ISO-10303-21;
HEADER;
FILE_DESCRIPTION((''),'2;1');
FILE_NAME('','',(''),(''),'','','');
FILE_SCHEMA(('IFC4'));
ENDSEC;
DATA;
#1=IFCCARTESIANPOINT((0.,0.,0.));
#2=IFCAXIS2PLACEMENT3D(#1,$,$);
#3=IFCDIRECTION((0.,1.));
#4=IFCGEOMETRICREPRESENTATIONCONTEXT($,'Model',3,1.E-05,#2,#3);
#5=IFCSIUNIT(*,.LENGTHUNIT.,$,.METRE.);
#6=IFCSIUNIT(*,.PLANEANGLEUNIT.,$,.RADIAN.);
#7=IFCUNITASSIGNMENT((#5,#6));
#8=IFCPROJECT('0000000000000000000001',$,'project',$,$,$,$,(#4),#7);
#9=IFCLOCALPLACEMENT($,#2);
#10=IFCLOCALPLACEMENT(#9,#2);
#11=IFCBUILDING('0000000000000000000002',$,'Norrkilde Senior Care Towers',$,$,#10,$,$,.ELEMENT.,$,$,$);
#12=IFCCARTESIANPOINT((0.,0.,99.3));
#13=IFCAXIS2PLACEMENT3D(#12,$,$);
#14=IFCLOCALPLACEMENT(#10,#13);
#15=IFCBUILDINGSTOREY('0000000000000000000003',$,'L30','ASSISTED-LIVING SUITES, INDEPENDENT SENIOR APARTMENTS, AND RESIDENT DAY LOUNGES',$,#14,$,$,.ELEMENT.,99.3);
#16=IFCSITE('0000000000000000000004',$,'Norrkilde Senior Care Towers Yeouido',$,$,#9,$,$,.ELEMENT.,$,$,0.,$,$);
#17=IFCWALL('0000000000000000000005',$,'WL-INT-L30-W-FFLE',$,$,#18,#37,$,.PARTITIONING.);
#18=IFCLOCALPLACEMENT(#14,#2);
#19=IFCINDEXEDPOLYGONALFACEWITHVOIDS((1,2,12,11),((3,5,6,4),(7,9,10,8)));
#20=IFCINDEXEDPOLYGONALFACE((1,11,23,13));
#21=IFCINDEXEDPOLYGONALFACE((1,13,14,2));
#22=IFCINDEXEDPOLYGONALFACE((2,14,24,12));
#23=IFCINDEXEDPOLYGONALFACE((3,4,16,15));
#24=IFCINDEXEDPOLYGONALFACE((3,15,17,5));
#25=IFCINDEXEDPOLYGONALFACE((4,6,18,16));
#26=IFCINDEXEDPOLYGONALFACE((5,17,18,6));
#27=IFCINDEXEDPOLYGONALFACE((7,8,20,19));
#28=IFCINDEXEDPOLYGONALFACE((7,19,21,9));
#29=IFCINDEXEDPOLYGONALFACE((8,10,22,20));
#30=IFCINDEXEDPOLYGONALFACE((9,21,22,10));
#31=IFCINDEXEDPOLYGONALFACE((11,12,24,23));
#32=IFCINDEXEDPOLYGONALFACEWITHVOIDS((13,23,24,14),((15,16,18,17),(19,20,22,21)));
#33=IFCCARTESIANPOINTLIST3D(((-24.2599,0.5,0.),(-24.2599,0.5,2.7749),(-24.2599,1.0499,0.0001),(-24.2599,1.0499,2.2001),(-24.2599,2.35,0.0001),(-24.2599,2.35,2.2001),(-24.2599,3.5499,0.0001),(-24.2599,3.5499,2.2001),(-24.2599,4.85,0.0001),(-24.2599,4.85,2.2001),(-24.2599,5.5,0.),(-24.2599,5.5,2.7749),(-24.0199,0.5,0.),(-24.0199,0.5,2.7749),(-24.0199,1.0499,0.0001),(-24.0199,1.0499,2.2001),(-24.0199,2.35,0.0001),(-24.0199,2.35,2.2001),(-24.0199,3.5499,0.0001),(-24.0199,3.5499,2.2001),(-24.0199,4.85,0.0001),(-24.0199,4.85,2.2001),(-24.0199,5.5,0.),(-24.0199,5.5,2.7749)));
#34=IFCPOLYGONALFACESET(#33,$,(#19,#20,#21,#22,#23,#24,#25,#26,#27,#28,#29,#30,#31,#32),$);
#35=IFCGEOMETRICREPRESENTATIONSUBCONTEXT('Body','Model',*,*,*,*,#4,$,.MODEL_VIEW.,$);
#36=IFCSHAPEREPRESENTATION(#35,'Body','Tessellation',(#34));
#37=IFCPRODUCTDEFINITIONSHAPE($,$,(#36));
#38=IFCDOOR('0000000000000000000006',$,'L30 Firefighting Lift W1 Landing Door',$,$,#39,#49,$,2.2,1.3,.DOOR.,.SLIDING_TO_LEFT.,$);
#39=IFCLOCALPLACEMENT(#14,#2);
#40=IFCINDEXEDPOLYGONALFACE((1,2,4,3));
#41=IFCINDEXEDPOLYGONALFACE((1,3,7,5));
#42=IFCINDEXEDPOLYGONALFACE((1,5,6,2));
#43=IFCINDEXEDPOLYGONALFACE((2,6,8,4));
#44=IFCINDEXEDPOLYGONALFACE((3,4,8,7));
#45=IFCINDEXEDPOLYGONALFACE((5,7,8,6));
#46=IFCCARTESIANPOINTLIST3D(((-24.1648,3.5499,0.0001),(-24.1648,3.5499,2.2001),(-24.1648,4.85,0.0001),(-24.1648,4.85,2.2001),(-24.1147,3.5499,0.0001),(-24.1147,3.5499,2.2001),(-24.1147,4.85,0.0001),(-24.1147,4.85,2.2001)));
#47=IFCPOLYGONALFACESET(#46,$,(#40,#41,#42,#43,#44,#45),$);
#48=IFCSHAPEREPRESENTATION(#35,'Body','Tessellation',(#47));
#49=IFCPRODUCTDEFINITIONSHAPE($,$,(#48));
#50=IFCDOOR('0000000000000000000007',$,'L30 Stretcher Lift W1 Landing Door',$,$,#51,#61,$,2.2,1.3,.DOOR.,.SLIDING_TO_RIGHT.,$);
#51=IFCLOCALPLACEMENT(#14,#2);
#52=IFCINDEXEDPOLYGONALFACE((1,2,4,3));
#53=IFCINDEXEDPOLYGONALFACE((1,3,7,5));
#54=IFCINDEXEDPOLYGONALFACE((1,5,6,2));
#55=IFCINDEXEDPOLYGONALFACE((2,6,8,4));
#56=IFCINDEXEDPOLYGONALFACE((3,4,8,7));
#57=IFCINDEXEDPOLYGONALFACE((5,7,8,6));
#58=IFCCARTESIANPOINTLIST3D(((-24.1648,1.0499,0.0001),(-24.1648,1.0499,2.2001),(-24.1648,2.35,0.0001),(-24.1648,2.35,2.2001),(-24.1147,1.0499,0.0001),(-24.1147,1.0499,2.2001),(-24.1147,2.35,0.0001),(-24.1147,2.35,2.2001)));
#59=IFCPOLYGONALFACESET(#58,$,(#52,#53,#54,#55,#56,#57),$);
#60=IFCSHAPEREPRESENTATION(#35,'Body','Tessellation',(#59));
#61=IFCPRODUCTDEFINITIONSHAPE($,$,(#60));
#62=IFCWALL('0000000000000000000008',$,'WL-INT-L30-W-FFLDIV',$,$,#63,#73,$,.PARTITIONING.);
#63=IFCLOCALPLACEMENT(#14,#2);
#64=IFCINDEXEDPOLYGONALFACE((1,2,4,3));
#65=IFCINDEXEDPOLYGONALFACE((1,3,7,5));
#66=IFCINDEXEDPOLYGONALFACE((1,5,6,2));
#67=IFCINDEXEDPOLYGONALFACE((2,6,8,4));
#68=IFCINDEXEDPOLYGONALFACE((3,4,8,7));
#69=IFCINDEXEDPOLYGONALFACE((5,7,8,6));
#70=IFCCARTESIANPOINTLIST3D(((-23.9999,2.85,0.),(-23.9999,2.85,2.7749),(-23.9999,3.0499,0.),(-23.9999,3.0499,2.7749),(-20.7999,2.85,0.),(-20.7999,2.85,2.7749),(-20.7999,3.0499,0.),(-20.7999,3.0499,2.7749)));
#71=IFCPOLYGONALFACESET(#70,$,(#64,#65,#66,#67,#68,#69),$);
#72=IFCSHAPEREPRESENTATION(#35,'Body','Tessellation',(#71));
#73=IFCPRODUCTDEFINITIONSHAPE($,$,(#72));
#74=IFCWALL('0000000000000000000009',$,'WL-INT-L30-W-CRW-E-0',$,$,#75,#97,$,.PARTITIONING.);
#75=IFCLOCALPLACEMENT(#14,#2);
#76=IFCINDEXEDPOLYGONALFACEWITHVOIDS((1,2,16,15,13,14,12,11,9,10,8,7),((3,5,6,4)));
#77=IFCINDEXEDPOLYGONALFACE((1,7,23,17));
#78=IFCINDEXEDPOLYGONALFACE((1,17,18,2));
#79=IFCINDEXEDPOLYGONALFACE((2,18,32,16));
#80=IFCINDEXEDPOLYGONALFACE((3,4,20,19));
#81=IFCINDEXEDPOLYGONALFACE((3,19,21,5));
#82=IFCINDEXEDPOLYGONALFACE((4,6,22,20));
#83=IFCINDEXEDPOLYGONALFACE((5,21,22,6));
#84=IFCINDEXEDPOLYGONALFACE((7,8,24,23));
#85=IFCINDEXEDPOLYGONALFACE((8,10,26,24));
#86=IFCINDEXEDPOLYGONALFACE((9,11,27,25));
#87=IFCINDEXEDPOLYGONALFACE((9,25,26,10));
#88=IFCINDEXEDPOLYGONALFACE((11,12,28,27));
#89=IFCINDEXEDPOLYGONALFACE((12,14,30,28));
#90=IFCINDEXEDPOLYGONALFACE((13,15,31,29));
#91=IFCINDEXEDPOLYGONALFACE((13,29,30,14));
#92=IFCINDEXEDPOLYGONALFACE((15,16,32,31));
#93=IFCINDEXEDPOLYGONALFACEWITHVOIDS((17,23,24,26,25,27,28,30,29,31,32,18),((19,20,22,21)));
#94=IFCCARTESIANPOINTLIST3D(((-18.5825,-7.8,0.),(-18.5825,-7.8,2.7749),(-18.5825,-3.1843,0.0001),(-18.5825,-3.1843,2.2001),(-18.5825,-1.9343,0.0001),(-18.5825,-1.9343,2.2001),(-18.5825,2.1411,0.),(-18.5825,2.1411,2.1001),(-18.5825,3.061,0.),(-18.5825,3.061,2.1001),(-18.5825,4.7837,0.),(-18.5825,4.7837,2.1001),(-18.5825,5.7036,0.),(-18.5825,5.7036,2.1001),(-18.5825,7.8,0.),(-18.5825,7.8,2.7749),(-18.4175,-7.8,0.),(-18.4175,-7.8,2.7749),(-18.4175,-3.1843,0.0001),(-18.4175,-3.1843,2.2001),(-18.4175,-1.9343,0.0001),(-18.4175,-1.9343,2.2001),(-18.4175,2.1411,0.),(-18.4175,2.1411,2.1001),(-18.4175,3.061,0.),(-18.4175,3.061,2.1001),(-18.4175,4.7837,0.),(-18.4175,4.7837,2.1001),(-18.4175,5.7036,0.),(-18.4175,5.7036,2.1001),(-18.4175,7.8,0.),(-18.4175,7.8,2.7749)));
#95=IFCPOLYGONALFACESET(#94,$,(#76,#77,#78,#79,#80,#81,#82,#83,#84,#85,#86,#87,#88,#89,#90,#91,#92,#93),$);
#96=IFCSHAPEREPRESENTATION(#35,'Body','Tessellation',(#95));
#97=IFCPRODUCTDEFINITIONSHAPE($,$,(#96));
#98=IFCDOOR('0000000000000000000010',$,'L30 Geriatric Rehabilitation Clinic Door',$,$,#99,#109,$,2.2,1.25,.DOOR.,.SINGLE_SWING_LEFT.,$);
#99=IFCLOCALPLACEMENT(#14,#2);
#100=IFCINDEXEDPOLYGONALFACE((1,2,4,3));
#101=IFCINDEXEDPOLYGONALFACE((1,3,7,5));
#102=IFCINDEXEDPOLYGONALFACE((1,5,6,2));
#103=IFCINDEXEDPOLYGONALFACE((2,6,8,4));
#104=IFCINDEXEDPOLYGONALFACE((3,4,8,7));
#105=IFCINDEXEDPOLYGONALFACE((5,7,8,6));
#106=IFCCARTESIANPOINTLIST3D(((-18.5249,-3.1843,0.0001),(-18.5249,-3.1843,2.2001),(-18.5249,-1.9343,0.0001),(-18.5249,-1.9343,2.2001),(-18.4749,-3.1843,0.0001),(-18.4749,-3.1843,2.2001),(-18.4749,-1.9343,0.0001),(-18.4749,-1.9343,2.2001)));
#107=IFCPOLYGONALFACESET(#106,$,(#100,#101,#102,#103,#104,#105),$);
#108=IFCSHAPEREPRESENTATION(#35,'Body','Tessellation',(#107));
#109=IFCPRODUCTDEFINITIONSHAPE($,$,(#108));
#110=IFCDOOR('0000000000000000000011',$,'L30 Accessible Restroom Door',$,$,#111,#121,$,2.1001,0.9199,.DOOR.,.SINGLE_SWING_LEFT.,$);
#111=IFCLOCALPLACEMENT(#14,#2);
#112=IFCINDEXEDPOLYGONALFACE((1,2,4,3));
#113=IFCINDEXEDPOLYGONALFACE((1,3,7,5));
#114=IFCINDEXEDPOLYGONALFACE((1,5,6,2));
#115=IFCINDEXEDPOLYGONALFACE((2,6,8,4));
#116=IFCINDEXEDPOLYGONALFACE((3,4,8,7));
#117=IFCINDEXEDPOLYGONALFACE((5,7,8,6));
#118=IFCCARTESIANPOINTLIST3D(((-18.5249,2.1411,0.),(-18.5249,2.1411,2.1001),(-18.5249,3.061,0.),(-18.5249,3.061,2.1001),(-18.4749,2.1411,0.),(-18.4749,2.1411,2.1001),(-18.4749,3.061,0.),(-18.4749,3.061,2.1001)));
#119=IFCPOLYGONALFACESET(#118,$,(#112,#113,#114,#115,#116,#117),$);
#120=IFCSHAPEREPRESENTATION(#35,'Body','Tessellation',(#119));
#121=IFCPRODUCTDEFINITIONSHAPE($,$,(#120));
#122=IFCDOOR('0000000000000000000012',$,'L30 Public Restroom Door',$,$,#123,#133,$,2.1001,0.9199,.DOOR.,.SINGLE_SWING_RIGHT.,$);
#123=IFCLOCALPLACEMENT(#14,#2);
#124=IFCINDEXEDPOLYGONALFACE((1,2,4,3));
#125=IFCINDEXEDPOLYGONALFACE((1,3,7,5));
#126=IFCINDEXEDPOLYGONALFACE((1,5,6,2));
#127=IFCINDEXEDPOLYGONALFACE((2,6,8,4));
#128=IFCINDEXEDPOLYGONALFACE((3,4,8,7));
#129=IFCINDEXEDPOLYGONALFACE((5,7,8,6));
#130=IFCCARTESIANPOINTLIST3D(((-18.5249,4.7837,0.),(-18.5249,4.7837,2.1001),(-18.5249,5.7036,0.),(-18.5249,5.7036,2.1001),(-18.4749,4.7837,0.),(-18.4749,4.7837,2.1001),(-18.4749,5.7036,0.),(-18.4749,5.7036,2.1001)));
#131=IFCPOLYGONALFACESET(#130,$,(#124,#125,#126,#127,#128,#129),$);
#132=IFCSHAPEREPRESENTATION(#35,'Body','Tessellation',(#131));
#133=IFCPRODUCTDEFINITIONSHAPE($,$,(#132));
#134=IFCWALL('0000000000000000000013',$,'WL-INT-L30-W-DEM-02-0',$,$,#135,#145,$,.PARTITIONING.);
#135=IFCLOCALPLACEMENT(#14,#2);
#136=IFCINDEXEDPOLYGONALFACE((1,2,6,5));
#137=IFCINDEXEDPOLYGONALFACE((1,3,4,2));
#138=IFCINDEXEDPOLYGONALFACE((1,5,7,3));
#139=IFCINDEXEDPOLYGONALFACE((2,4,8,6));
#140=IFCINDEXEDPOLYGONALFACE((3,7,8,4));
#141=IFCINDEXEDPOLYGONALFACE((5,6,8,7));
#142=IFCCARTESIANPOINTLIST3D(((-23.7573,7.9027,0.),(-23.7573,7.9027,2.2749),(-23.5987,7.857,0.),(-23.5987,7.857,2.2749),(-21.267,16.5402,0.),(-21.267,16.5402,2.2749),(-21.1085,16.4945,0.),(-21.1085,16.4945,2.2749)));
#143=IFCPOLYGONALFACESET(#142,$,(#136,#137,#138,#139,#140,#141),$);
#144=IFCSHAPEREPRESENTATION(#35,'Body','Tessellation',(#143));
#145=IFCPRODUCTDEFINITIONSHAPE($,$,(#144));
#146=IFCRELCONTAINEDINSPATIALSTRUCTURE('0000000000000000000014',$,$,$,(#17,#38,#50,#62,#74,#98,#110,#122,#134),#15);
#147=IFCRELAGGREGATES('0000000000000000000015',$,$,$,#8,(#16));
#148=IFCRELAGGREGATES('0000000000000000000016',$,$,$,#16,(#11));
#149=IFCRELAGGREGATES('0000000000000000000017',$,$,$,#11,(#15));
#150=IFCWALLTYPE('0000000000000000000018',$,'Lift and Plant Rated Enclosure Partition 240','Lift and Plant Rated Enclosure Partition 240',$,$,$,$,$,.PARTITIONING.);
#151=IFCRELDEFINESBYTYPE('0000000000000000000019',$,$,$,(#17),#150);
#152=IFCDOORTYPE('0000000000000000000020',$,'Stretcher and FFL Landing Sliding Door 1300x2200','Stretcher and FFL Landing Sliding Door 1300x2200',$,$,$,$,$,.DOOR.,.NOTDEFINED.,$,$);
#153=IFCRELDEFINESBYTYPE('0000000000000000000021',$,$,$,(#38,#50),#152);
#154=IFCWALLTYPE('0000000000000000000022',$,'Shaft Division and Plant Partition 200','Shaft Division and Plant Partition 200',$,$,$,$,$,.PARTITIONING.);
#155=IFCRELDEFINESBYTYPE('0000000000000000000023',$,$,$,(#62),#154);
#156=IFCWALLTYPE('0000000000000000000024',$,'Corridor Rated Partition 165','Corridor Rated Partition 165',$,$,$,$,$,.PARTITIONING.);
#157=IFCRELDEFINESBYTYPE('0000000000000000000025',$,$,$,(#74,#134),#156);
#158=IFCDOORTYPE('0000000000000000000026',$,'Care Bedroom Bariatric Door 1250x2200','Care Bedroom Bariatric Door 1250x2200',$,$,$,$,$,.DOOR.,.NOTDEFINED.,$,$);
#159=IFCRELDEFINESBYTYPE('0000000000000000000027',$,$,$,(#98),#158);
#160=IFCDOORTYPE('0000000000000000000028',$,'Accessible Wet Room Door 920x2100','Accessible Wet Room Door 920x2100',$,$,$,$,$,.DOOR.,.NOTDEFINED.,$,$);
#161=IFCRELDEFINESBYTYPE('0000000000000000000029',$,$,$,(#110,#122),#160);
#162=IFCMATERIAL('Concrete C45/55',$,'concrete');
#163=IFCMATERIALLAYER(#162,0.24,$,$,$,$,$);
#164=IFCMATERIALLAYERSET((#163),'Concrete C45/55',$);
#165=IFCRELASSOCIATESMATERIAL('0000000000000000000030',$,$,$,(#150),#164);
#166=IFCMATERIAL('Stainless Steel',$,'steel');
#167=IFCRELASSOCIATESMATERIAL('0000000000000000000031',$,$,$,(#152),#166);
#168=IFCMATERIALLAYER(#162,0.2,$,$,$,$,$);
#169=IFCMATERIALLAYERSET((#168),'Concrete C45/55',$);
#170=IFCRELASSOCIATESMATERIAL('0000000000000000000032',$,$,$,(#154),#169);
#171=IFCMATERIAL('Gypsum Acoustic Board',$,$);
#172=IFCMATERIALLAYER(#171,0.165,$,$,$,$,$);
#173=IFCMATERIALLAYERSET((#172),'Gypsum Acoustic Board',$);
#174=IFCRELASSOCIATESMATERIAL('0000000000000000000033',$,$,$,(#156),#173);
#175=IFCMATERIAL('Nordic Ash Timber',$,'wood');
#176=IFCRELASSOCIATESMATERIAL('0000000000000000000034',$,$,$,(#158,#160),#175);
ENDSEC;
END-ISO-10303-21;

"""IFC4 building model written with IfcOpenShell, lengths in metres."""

from ifc_helpers import new_model, si_unit, direction, frame, frame_2d, origin, place, context, subcontext, project, spatial, rectangle, extrude, source, transform, mapped, material, layer, layer_set, type_object, type_shapes, element, fill, save


model = new_model("IFC4")

# Units and contexts
model_context = context("Model", 3, precision=1e-05, world=origin(), true_north=direction((0.0, 1.0)))
body_context = subcontext(model_context, "Body", "Model", "MODEL_VIEW")
ifc_project = project(units=[si_unit("LENGTHUNIT", "METRE"), si_unit("PLANEANGLEUNIT", "RADIAN")], contexts=[model_context])

# Site, building, storey
site_placement = place(None, origin())
site = spatial("IfcSite", under=ifc_project, at=site_placement, Name="Norrkilde Senior Care Towers Yeouido", CompositionType="ELEMENT", RefElevation=0.0)
building_placement = place(site_placement, origin())
building = spatial("IfcBuilding", under=site, at=building_placement, Name="Norrkilde Senior Care Towers", CompositionType="ELEMENT")
storey_placement = place(building_placement, frame((0.0, 0.0, 99.3)))
storey = spatial("IfcBuildingStorey", under=building, at=storey_placement, Name="L30", Description="ASSISTED-LIVING SUITES, INDEPENDENT SENIOR APARTMENTS, AND RESIDENT DAY LOUNGES", CompositionType="ELEMENT", Elevation=99.3)

# Wall, openings, doors
ifc_material_1 = material(Name="Concrete C45/55", Category="concrete")
ifc_layer_1 = layer(ifc_material_1, 0.24)
ifc_layer_set_1 = layer_set([ifc_layer_1], Name="Concrete C45/55")
wall_type_1 = type_object("IfcWallType", Name="Lift and Plant Rated Enclosure Partition 240", Description="Lift and Plant Rated Enclosure Partition 240", PredefinedType="PARTITIONING", material=ifc_layer_set_1)
shared_shape_1 = source(origin(), body_context, "Body", "SweptSolid", [
    extrude(rectangle(XDim=5.0, YDim=0.24, at=frame_2d((2.5, 0.0))), origin(), (0.0, 0.0, 1.0), 2.7749),
])
type_shapes(wall_type_1, [shared_shape_1])
wall_1_placement = place(storey_placement, frame((-24.1399, 0.5, 0.0), z_axis=(0.0, 0.0, 1.0), x_axis=(0.0, 1.0, 0.0)))
wall_1 = element("IfcWall", 1, at=wall_1_placement, inside=storey, type_object=wall_type_1, Name="WL-INT-L30-W-FFLE", PredefinedType="PARTITIONING", context=body_context, shape_type="MappedRepresentation", body=[
    mapped(shared_shape_1, transform((0.0, 0.0, 0.0), x_axis=(1.0, 0.0, 0.0), y_axis=(0.0, 1.0, 0.0), z_axis=(0.0, 0.0, 1.0), scale=1.0)),
])
opening_1_placement = place(wall_1_placement, frame((3.05, 0.0, 0.0)))
opening_1 = element("IfcOpeningElement", 2, at=opening_1_placement, cuts=wall_1, PredefinedType="OPENING", context=body_context, shape_type="SweptSolid", body=[
    extrude(rectangle(XDim=1.3, YDim=2.2, at=frame_2d((0.6499, 1.1001))), frame((0.0, 0.1299, 0.0), z_axis=(0.0, -1.0, 0.0), x_axis=(1.0, 0.0, 0.0)), (0.0, 0.0, 1.0), 0.26),
])
opening_2_placement = place(wall_1_placement, frame((0.55, 0.0, 0.0)))
opening_2 = element("IfcOpeningElement", 3, at=opening_2_placement, cuts=wall_1, PredefinedType="OPENING", context=body_context, shape_type="SweptSolid", body=[
    extrude(rectangle(XDim=1.3, YDim=2.2, at=frame_2d((0.6499, 1.1001))), frame((0.0, 0.1299, 0.0), z_axis=(0.0, -1.0, 0.0), x_axis=(1.0, 0.0, 0.0)), (0.0, 0.0, 1.0), 0.26),
])
ifc_material_2 = material(Name="Stainless Steel", Category="steel")
door_type_1 = type_object("IfcDoorType", Name="Stretcher and FFL Landing Sliding Door 1300x2200", Description="Stretcher and FFL Landing Sliding Door 1300x2200", OperationType="NOTDEFINED", PredefinedType="DOOR", material=ifc_material_2)
shared_shape_2 = source(origin(), body_context, "Body", "SweptSolid", [
    extrude(rectangle(XDim=1.3, YDim=2.2, at=frame_2d((0.6499, 1.1001))), frame((0.0, 0.0249, 0.0), z_axis=(0.0, -1.0, 0.0), x_axis=(1.0, 0.0, 0.0)), (0.0, 0.0, 1.0), 0.05),
])
type_shapes(door_type_1, [shared_shape_2])
door_1_placement = place(opening_1_placement, origin())
door_1 = element("IfcDoor", 4, at=door_1_placement, inside=storey, type_object=door_type_1, Name="L30 Firefighting Lift W1 Landing Door", OperationType="SLIDING_TO_LEFT", OverallHeight=2.2, OverallWidth=1.3, PredefinedType="DOOR", context=body_context, shape_type="MappedRepresentation", body=[
    mapped(shared_shape_2, transform((0.0, 0.0, 0.0), x_axis=(1.0, 0.0, 0.0), y_axis=(0.0, 1.0, 0.0), z_axis=(0.0, 0.0, 1.0), scale=1.0)),
])
fill(opening_1, door_1)
door_2_placement = place(opening_2_placement, origin())
door_2 = element("IfcDoor", 5, at=door_2_placement, inside=storey, type_object=door_type_1, Name="L30 Stretcher Lift W1 Landing Door", OperationType="SLIDING_TO_RIGHT", OverallHeight=2.2, OverallWidth=1.3, PredefinedType="DOOR", context=body_context, shape_type="MappedRepresentation", body=[
    mapped(shared_shape_2, transform((0.0, 0.0, 0.0), x_axis=(1.0, 0.0, 0.0), y_axis=(0.0, 1.0, 0.0), z_axis=(0.0, 0.0, 1.0), scale=1.0)),
])
fill(opening_2, door_2)

# Wall
ifc_layer_2 = layer(ifc_material_1, 0.2)
ifc_layer_set_2 = layer_set([ifc_layer_2], Name="Concrete C45/55")
wall_type_2 = type_object("IfcWallType", Name="Shaft Division and Plant Partition 200", Description="Shaft Division and Plant Partition 200", PredefinedType="PARTITIONING", material=ifc_layer_set_2)
shared_shape_3 = source(origin(), body_context, "Body", "SweptSolid", [
    extrude(rectangle(XDim=3.2, YDim=0.2, at=frame_2d((1.6001, 0.0))), origin(), (0.0, 0.0, 1.0), 2.7749),
])
type_shapes(wall_type_2, [shared_shape_3])
wall_2_placement = place(storey_placement, frame((-24.0, 2.95, 0.0), z_axis=(0.0, 0.0, 1.0), x_axis=(1.0, 0.0, 0.0)))
element("IfcWall", 6, at=wall_2_placement, inside=storey, type_object=wall_type_2, Name="WL-INT-L30-W-FFLDIV", PredefinedType="PARTITIONING", context=body_context, shape_type="MappedRepresentation", body=[
    mapped(shared_shape_3, transform((0.0, 0.0, 0.0), x_axis=(1.0, 0.0, 0.0), y_axis=(0.0, 1.0, 0.0), z_axis=(0.0, 0.0, 1.0), scale=1.0)),
])

# Wall, openings, doors
ifc_material_3 = material(Name="Gypsum Acoustic Board")
ifc_layer_3 = layer(ifc_material_3, 0.165)
ifc_layer_set_3 = layer_set([ifc_layer_3], Name="Gypsum Acoustic Board")
wall_type_3 = type_object("IfcWallType", Name="Corridor Rated Partition 165", Description="Corridor Rated Partition 165", PredefinedType="PARTITIONING", material=ifc_layer_set_3)
shared_shape_4 = source(origin(), body_context, "Body", "SweptSolid", [
    extrude(rectangle(XDim=15.6001, YDim=0.165, at=frame_2d((7.8, 0.0))), origin(), (0.0, 0.0, 1.0), 2.7749),
])
wall_3_placement = place(storey_placement, frame((-18.5, 7.8, 0.0), z_axis=(0.0, 0.0, 1.0), x_axis=(0.0, -1.0, 0.0)))
wall_3 = element("IfcWall", 7, at=wall_3_placement, inside=storey, type_object=wall_type_3, Name="WL-INT-L30-W-CRW-E-0", PredefinedType="PARTITIONING", context=body_context, shape_type="MappedRepresentation", body=[
    mapped(shared_shape_4, transform((0.0, 0.0, 0.0), x_axis=(1.0, 0.0, 0.0), y_axis=(0.0, 1.0, 0.0), z_axis=(0.0, 0.0, 1.0), scale=1.0)),
])
opening_3_placement = place(wall_3_placement, frame((9.7344, 0.0, 0.0)))
opening_3 = element("IfcOpeningElement", 8, at=opening_3_placement, cuts=wall_3, PredefinedType="OPENING", context=body_context, shape_type="SweptSolid", body=[
    extrude(rectangle(XDim=1.25, YDim=2.2, at=frame_2d((0.625, 1.1001))), frame((0.0, 0.0925, 0.0), z_axis=(0.0, -1.0, 0.0), x_axis=(1.0, 0.0, 0.0)), (0.0, 0.0, 1.0), 0.1851),
])
opening_4_placement = place(wall_3_placement, frame((4.739, 0.0, 0.0)))
opening_4 = element("IfcOpeningElement", 9, at=opening_4_placement, cuts=wall_3, PredefinedType="OPENING", context=body_context, shape_type="SweptSolid", body=[
    extrude(rectangle(XDim=0.9199, YDim=2.1001, at=frame_2d((0.46, 1.05))), frame((0.0, 0.0925, 0.0), z_axis=(0.0, -1.0, 0.0), x_axis=(1.0, 0.0, 0.0)), (0.0, 0.0, 1.0), 0.1851),
])
opening_5_placement = place(wall_3_placement, frame((2.0964, 0.0, 0.0)))
opening_5 = element("IfcOpeningElement", 10, at=opening_5_placement, cuts=wall_3, PredefinedType="OPENING", context=body_context, shape_type="SweptSolid", body=[
    extrude(rectangle(XDim=0.9199, YDim=2.1001, at=frame_2d((0.46, 1.05))), frame((0.0, 0.0925, 0.0), z_axis=(0.0, -1.0, 0.0), x_axis=(1.0, 0.0, 0.0)), (0.0, 0.0, 1.0), 0.1851),
])
ifc_material_4 = material(Name="Nordic Ash Timber", Category="wood")
door_type_2 = type_object("IfcDoorType", Name="Care Bedroom Bariatric Door 1250x2200", Description="Care Bedroom Bariatric Door 1250x2200", OperationType="NOTDEFINED", PredefinedType="DOOR", material=ifc_material_4)
shared_shape_5 = source(origin(), body_context, "Body", "SweptSolid", [
    extrude(rectangle(XDim=1.25, YDim=2.2, at=frame_2d((0.625, 1.1001))), frame((0.0, 0.0249, 0.0), z_axis=(0.0, -1.0, 0.0), x_axis=(1.0, 0.0, 0.0)), (0.0, 0.0, 1.0), 0.05),
])
type_shapes(door_type_2, [shared_shape_5])
door_3_placement = place(opening_3_placement, frame((1.25, 0.0, 0.0), z_axis=(0.0, 0.0, 1.0), x_axis=(-1.0, 0.0, 0.0)))
door_3 = element("IfcDoor", 11, at=door_3_placement, inside=storey, type_object=door_type_2, Name="L30 Geriatric Rehabilitation Clinic Door", OperationType="SINGLE_SWING_LEFT", OverallHeight=2.2, OverallWidth=1.25, PredefinedType="DOOR", context=body_context, shape_type="MappedRepresentation", body=[
    mapped(shared_shape_5, transform((0.0, 0.0, 0.0), x_axis=(1.0, 0.0, 0.0), y_axis=(0.0, 1.0, 0.0), z_axis=(0.0, 0.0, 1.0), scale=1.0)),
])
fill(opening_3, door_3)
door_type_3 = type_object("IfcDoorType", Name="Accessible Wet Room Door 920x2100", Description="Accessible Wet Room Door 920x2100", OperationType="NOTDEFINED", PredefinedType="DOOR", material=ifc_material_4)
shared_shape_6 = source(origin(), body_context, "Body", "SweptSolid", [
    extrude(rectangle(XDim=0.9199, YDim=2.1001, at=frame_2d((0.46, 1.05))), frame((0.0, 0.0249, 0.0), z_axis=(0.0, -1.0, 0.0), x_axis=(1.0, 0.0, 0.0)), (0.0, 0.0, 1.0), 0.05),
])
type_shapes(door_type_3, [shared_shape_6])
door_4_placement = place(opening_4_placement, frame((0.9199, 0.0, 0.0), z_axis=(0.0, 0.0, 1.0), x_axis=(-1.0, 0.0, 0.0)))
door_4 = element("IfcDoor", 12, at=door_4_placement, inside=storey, type_object=door_type_3, Name="L30 Accessible Restroom Door", OperationType="SINGLE_SWING_LEFT", OverallHeight=2.1001, OverallWidth=0.9199, PredefinedType="DOOR", context=body_context, shape_type="MappedRepresentation", body=[
    mapped(shared_shape_6, transform((0.0, 0.0, 0.0), x_axis=(1.0, 0.0, 0.0), y_axis=(0.0, 1.0, 0.0), z_axis=(0.0, 0.0, 1.0), scale=1.0)),
])
fill(opening_4, door_4)
door_5_placement = place(opening_5_placement, frame((0.9199, 0.0, 0.0), z_axis=(0.0, 0.0, 1.0), x_axis=(-1.0, 0.0, 0.0)))
door_5 = element("IfcDoor", 13, at=door_5_placement, inside=storey, type_object=door_type_3, Name="L30 Public Restroom Door", OperationType="SINGLE_SWING_RIGHT", OverallHeight=2.1001, OverallWidth=0.9199, PredefinedType="DOOR", context=body_context, shape_type="MappedRepresentation", body=[
    mapped(shared_shape_6, transform((0.0, 0.0, 0.0), x_axis=(1.0, 0.0, 0.0), y_axis=(0.0, 1.0, 0.0), z_axis=(0.0, 0.0, 1.0), scale=1.0)),
])
fill(opening_5, door_5)

# Wall
shared_shape_7 = source(origin(), body_context, "Body", "SweptSolid", [
    extrude(rectangle(XDim=8.9893, YDim=0.165, at=frame_2d((4.4946, 0.0))), origin(), (0.0, 0.0, 1.0), 2.2749),
])
type_shapes(wall_type_3, [shared_shape_4, shared_shape_7])
wall_4_placement = place(storey_placement, frame((-23.678, 7.8799, 0.0), z_axis=(0.0, 0.0, 1.0), x_axis=(0.277023, 0.960863, 0.0)))
element("IfcWall", 14, at=wall_4_placement, inside=storey, type_object=wall_type_3, Name="WL-INT-L30-W-DEM-02-0", PredefinedType="PARTITIONING", context=body_context, shape_type="MappedRepresentation", body=[
    mapped(shared_shape_7, transform((0.0, 0.0, 0.0), x_axis=(1.0, 0.0, 0.0), y_axis=(0.0, 1.0, 0.0), z_axis=(0.0, 0.0, 1.0), scale=1.0)),
])

save(model, "model.ifc")
